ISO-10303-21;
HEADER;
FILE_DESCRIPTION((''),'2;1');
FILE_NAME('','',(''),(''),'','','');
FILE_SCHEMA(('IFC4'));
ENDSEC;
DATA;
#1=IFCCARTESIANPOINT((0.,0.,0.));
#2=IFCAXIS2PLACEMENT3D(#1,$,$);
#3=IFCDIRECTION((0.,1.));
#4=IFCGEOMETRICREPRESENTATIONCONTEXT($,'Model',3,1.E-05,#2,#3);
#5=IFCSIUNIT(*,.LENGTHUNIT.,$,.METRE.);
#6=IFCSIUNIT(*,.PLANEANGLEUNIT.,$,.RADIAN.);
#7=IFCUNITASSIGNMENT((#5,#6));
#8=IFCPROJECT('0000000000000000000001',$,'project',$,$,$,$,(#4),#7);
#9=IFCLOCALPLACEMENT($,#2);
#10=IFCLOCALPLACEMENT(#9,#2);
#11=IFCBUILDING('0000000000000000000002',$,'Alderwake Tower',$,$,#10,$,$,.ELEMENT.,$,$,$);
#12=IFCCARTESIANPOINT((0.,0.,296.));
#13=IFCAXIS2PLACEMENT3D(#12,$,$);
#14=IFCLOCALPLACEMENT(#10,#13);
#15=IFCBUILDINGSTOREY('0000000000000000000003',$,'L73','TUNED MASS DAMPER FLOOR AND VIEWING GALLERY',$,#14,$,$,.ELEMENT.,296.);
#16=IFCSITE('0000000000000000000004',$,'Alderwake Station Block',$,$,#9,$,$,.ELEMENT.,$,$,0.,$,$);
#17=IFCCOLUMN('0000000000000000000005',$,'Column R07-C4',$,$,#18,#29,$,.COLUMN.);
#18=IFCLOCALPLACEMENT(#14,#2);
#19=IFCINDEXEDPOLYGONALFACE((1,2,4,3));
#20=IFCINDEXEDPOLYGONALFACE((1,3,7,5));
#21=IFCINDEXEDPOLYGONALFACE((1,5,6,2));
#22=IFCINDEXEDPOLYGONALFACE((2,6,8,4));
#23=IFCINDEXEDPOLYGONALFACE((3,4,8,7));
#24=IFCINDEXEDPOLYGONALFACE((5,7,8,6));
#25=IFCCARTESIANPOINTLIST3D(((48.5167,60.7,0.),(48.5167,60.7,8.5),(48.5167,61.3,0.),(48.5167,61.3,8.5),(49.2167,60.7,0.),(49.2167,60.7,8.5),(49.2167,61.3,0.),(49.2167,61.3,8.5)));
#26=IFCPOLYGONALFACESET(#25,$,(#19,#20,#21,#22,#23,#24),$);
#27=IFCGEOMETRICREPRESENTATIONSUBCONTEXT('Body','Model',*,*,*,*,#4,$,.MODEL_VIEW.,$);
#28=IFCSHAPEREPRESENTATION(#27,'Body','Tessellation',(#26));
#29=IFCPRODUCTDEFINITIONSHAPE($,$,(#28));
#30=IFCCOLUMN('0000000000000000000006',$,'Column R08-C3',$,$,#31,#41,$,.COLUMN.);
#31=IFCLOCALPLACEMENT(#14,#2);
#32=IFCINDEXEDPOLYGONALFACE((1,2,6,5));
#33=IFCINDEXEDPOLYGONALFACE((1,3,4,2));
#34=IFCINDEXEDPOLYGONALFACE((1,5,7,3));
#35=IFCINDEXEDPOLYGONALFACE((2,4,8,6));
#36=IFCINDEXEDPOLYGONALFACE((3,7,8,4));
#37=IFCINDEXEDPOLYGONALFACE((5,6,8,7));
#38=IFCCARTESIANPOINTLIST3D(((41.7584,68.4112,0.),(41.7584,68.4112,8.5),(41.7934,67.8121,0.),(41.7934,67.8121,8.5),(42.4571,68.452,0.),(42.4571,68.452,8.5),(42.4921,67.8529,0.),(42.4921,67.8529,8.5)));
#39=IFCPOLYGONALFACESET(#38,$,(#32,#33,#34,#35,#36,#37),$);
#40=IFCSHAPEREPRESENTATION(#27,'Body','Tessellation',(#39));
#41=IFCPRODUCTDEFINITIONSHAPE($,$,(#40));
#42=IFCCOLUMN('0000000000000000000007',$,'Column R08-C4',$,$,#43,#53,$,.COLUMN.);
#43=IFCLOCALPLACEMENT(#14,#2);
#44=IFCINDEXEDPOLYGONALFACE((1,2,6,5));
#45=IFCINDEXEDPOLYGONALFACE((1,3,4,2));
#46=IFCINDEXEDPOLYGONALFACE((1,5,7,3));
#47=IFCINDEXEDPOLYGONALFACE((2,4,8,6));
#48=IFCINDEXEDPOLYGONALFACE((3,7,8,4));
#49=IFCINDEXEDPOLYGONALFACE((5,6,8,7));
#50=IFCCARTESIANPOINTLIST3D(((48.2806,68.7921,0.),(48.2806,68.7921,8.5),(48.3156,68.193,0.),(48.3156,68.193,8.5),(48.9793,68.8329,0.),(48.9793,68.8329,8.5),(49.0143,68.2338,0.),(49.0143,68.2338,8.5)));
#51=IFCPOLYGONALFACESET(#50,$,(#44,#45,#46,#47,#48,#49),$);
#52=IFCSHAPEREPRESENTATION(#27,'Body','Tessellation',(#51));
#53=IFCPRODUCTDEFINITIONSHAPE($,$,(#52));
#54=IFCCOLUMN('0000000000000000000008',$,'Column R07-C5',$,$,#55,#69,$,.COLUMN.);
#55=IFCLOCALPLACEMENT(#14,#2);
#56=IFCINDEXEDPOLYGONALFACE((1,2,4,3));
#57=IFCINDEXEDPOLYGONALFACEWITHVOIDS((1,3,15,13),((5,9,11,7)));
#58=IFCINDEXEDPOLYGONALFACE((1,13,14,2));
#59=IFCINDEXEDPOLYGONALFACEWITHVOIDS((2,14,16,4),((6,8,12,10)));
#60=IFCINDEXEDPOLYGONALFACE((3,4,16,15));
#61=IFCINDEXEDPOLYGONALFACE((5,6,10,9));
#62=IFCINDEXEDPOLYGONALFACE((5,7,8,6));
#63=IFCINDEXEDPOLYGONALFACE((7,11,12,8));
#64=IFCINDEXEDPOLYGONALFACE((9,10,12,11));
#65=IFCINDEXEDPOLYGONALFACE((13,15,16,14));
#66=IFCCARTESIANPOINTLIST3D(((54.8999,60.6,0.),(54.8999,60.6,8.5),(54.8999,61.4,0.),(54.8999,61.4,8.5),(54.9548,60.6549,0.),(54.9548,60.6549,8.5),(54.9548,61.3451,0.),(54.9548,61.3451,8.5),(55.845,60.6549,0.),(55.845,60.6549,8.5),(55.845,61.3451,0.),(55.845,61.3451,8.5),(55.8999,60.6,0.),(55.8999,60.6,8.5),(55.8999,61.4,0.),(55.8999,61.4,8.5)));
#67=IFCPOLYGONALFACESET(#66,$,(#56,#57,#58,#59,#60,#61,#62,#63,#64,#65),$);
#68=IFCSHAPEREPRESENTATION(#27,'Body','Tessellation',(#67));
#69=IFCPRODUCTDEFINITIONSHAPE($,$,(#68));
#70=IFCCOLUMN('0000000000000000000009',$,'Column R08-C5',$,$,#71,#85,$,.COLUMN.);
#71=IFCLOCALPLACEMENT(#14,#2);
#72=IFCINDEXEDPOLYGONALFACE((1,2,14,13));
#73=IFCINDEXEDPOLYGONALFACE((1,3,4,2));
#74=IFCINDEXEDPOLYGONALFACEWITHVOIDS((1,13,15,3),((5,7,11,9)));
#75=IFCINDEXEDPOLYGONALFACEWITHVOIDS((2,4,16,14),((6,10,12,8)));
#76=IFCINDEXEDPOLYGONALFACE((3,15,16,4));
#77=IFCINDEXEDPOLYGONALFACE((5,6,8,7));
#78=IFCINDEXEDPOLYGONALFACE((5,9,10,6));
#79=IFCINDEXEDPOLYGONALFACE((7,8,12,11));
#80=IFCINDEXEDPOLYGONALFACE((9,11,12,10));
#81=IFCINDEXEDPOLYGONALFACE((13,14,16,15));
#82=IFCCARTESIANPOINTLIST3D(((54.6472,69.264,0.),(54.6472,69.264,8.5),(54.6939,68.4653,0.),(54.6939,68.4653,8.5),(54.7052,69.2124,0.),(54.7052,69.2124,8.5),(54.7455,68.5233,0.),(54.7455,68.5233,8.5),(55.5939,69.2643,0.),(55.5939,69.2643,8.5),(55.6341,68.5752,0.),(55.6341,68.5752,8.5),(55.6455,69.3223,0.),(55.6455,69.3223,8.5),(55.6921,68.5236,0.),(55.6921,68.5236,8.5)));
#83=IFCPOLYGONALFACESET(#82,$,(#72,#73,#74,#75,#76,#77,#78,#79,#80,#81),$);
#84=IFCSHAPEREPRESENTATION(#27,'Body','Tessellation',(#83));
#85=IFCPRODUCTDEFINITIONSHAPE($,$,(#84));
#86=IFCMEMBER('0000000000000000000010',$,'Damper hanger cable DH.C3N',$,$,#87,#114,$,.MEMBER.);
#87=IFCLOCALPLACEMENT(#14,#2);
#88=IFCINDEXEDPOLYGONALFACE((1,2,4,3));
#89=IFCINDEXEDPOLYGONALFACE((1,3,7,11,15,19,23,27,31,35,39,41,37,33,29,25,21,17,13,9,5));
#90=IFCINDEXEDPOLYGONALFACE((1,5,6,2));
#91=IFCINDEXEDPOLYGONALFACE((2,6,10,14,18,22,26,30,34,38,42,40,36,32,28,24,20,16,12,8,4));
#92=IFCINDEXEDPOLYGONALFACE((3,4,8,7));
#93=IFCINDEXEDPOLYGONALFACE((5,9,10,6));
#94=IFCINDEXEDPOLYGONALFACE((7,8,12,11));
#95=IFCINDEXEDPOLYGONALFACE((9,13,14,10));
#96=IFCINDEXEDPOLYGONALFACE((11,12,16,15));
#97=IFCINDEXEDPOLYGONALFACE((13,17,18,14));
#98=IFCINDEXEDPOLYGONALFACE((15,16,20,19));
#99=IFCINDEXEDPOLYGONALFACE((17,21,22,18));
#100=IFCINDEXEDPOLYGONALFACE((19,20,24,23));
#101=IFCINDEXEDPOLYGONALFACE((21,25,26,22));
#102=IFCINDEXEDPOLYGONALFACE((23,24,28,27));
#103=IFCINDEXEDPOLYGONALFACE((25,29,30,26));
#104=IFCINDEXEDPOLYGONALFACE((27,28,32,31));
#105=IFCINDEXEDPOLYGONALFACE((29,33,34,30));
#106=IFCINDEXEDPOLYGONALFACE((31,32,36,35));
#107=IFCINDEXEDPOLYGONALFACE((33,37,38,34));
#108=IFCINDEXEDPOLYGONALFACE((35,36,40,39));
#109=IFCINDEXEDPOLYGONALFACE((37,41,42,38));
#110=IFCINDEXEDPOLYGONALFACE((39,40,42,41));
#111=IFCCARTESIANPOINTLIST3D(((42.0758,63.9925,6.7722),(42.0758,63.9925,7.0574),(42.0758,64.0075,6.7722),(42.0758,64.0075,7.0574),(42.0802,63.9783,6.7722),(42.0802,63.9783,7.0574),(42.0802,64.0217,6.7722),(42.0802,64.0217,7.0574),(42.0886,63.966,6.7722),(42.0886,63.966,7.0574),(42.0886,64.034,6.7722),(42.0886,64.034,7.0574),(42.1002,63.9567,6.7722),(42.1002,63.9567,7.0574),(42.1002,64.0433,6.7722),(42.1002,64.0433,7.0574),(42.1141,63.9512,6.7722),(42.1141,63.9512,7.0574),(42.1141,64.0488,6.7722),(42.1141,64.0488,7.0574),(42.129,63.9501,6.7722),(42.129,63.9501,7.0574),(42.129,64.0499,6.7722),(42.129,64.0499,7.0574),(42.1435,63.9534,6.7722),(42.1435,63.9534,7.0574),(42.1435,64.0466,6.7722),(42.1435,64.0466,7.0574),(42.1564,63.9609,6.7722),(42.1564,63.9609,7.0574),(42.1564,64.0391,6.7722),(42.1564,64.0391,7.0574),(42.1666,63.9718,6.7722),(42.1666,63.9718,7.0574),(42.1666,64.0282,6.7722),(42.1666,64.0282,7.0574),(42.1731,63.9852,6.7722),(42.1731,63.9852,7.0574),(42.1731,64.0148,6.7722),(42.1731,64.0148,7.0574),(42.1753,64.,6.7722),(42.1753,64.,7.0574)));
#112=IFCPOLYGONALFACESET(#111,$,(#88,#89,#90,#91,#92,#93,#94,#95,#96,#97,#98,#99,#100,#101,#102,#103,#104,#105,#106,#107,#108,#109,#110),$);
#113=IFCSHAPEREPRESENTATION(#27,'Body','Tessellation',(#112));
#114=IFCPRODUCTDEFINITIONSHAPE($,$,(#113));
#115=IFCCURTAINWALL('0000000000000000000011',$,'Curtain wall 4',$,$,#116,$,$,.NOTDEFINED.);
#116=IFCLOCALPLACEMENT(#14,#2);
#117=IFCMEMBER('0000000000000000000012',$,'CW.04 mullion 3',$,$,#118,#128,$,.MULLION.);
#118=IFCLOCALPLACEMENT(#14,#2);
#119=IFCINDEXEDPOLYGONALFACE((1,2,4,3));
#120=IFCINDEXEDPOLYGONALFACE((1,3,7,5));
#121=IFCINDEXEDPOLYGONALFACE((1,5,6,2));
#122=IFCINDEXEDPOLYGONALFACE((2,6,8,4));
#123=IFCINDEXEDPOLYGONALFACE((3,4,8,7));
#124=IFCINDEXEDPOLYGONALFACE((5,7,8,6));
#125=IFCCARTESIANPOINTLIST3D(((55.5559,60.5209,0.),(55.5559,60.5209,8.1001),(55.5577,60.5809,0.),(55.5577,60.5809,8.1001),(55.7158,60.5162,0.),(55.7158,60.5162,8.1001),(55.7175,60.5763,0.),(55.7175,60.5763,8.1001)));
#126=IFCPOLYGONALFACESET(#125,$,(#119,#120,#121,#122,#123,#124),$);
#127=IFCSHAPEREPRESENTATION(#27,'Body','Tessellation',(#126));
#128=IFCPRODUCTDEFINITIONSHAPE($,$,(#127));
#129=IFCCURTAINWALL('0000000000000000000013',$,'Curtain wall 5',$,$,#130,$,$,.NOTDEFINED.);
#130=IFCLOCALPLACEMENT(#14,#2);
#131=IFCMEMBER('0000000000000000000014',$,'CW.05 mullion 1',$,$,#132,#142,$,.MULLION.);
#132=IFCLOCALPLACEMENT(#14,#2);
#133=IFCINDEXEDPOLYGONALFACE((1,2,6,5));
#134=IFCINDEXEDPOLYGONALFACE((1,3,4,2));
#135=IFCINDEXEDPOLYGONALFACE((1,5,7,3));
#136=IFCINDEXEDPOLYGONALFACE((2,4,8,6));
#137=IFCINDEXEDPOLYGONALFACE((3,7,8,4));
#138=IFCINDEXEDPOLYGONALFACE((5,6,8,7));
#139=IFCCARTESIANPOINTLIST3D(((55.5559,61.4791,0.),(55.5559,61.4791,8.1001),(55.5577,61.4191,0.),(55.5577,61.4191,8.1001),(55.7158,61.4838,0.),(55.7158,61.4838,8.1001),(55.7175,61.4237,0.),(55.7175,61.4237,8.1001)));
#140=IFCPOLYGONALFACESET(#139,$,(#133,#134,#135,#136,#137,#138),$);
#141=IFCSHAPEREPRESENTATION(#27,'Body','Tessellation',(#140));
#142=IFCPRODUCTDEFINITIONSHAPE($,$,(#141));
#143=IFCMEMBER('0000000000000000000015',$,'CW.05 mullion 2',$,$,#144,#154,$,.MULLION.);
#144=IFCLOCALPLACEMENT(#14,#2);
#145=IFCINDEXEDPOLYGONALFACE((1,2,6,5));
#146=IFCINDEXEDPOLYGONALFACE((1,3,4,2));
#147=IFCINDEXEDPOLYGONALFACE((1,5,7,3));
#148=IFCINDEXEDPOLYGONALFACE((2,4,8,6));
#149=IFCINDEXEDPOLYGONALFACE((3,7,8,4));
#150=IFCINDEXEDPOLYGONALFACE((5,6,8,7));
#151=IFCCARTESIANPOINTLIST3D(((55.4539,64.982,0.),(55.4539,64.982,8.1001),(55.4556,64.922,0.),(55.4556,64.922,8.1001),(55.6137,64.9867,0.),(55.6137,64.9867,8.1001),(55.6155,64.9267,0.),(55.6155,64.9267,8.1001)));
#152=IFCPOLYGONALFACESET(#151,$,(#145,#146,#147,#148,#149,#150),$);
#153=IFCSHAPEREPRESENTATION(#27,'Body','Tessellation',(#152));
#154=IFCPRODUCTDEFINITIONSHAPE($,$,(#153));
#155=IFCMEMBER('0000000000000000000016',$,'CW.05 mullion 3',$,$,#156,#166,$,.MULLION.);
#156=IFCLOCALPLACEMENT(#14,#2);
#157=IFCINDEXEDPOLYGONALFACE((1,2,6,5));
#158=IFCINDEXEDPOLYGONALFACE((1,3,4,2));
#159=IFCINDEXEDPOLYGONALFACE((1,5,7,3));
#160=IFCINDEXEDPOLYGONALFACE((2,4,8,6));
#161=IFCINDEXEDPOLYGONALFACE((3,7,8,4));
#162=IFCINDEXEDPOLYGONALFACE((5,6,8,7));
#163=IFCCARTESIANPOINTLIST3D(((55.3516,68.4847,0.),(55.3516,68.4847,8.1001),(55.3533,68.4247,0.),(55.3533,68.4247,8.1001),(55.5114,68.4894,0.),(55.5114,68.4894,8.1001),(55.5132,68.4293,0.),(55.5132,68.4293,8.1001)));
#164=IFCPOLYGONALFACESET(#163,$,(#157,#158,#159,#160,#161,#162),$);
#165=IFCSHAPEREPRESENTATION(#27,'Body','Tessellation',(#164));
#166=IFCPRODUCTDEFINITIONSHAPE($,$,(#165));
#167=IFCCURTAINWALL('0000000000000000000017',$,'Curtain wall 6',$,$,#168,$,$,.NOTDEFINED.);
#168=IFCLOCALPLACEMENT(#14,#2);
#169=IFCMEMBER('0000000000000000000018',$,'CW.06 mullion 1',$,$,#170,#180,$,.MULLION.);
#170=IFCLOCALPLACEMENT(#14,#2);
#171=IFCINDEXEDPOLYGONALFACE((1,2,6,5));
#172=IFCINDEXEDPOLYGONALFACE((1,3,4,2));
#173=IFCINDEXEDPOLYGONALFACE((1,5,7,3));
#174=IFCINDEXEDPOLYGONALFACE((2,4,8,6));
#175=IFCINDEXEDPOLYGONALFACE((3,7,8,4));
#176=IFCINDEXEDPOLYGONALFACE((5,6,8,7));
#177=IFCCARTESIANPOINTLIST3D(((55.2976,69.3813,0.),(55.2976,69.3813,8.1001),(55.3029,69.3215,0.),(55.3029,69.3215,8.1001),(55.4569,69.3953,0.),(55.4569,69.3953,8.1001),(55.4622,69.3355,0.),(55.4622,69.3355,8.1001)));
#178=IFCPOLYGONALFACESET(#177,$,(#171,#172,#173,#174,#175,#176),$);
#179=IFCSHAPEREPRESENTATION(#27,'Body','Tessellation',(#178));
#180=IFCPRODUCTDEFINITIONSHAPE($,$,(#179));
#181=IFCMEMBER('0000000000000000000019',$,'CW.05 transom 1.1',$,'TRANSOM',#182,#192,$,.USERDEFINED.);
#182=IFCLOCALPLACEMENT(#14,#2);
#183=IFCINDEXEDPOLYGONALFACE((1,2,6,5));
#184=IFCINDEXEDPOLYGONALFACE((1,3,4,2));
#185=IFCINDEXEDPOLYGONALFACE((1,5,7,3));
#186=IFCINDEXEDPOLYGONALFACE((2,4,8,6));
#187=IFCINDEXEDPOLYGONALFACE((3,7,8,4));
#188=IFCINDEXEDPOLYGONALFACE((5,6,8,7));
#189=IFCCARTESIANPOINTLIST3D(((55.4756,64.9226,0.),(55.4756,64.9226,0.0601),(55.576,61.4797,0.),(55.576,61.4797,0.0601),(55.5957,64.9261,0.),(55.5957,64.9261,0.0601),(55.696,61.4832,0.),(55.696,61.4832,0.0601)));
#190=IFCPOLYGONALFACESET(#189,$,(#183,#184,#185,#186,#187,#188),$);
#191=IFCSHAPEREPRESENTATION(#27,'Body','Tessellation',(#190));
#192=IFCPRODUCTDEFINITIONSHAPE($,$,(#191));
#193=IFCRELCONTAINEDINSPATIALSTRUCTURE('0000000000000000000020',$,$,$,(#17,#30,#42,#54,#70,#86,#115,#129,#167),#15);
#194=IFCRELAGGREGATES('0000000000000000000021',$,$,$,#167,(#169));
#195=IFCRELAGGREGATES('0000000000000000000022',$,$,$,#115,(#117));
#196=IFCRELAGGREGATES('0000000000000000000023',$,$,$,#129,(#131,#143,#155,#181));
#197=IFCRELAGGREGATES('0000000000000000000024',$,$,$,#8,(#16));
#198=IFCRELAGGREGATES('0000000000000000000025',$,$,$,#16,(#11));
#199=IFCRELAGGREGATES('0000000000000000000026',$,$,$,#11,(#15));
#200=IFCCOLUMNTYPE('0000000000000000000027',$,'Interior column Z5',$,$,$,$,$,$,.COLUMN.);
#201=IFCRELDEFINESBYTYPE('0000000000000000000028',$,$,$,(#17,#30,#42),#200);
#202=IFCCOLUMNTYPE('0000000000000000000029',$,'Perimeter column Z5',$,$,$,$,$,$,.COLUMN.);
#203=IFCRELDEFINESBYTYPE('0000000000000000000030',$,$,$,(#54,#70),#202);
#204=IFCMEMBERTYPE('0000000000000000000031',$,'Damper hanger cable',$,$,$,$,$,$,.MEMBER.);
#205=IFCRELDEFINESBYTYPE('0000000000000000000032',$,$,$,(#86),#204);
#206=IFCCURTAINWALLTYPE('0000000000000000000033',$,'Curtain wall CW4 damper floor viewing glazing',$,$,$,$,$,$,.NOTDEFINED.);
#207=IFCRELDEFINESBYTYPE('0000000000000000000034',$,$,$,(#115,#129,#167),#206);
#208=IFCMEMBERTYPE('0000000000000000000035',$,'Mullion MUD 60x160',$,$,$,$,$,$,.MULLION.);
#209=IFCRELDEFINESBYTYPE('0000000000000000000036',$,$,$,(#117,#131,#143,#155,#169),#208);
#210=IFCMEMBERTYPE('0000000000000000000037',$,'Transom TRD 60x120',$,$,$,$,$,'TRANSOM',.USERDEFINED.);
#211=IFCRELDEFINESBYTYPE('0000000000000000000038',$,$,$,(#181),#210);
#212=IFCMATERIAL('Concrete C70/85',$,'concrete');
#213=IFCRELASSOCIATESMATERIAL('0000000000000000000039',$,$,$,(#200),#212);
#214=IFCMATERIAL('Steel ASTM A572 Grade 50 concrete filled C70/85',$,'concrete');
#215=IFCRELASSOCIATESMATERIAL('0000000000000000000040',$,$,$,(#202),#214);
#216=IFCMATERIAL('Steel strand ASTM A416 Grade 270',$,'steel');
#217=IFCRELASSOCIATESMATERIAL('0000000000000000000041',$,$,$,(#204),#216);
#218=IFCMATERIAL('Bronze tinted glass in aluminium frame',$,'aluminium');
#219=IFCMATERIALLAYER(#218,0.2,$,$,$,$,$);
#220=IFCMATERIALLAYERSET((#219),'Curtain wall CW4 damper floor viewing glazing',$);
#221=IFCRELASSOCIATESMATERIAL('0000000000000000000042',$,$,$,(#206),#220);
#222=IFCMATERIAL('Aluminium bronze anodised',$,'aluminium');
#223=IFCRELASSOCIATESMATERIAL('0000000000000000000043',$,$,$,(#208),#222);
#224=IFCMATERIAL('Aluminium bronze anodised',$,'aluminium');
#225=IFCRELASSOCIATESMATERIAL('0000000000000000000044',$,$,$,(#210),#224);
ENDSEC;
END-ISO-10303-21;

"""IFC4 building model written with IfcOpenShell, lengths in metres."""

from ifc_helpers import new_model, si_unit, direction, frame, origin, origin_2d, place, context, subcontext, project, spatial, rectangle, hollow_rectangle, circle, extrude, material, layer, layer_set, material_profile, profile_set, type_object, element, aggregate, save


model = new_model("IFC4")

# Units and contexts
model_context = context("Model", 3, precision=1e-05, world=origin(), true_north=direction((0.0, 1.0)))
body_context = subcontext(model_context, "Body", "Model", "MODEL_VIEW")
ifc_project = project(units=[si_unit("LENGTHUNIT", "METRE"), si_unit("PLANEANGLEUNIT", "RADIAN")], contexts=[model_context])

# Site, building, storey
site_placement = place(None, origin())
site = spatial("IfcSite", under=ifc_project, at=site_placement, Name="Alderwake Station Block", CompositionType="ELEMENT", RefElevation=0.0)
building_placement = place(site_placement, origin())
building = spatial("IfcBuilding", under=site, at=building_placement, Name="Alderwake Tower", CompositionType="ELEMENT")
storey_placement = place(building_placement, frame((0.0, 0.0, 296.0)))
storey = spatial("IfcBuildingStorey", under=building, at=storey_placement, Name="L73", Description="TUNED MASS DAMPER FLOOR AND VIEWING GALLERY", CompositionType="ELEMENT", Elevation=296.0)

# Columns
ifc_material_1 = material(Name="Concrete C70/85", Category="concrete")
ifc_material_profile_1 = material_profile(ifc_material_1, rectangle(XDim=0.6001, YDim=0.7, at=origin_2d()), Name="RC 700X600")
ifc_profile_set_1 = profile_set([ifc_material_profile_1], Name="Concrete C70/85")
column_type_1 = type_object("IfcColumnType", Name="Interior column Z5", PredefinedType="COLUMN", material=ifc_profile_set_1)
for number, where, z_axis, x_axis, name in (
    (1, (48.8667, 61.0, 0.0), (0.0, 0.0, 1.0), (0.0, 1.0, 0.0), "Column R07-C4"),
    (2, (42.1252, 68.1321, 0.0), (0.0, 0.0, 1.0), (-0.058301, 0.998299, 0.0), "Column R08-C3"),
    (3, (48.6475, 68.5129, 0.0), (0.0, 0.0, 1.0), (-0.058301, 0.998299, 0.0), "Column R08-C4"),
):
    element("IfcColumn", number, at=place(storey_placement, frame(where, z_axis=z_axis, x_axis=x_axis)), inside=storey, type_object=column_type_1, Name=name, PredefinedType="COLUMN", context=body_context, shape_type="SweptSolid", body=[
        extrude(rectangle(XDim=0.6001, YDim=0.7, at=origin_2d()), origin(), (0.0, 0.0, 1.0), 8.5),
    ])
ifc_material_2 = material(Name="Steel ASTM A572 Grade 50 concrete filled C70/85", Category="concrete")
ifc_material_profile_2 = material_profile(ifc_material_2, hollow_rectangle(XDim=0.8, YDim=1.0, WallThickness=0.0549, at=origin_2d()), Name="BOX 1000X800X55")
ifc_profile_set_2 = profile_set([ifc_material_profile_2], Name="Steel ASTM A572 Grade 50 concrete filled C70/85")
column_type_2 = type_object("IfcColumnType", Name="Perimeter column Z5", PredefinedType="COLUMN", material=ifc_profile_set_2)
for number, where, z_axis, x_axis, name in (
    (4, (55.3999, 61.0, 0.0), (0.0, 0.0, 1.0), (0.0, 1.0, 0.0), "Column R07-C5"),
    (5, (55.1697, 68.8938, 0.0), (0.0, 0.0, 1.0), (-0.058301, 0.998299, 0.0), "Column R08-C5"),
):
    element("IfcColumn", number, at=place(storey_placement, frame(where, z_axis=z_axis, x_axis=x_axis)), inside=storey, type_object=column_type_2, Name=name, PredefinedType="COLUMN", context=body_context, shape_type="SweptSolid", body=[
        extrude(hollow_rectangle(XDim=0.8, YDim=1.0, WallThickness=0.0549, at=origin_2d()), origin(), (0.0, 0.0, 1.0), 8.5),
    ])

# Member
ifc_material_3 = material(Name="Steel strand ASTM A416 Grade 270", Category="steel")
ifc_material_profile_3 = material_profile(ifc_material_3, circle(Radius=0.05, at=origin_2d()), Name="ROPE 100")
ifc_profile_set_3 = profile_set([ifc_material_profile_3], Name="Steel strand ASTM A416 Grade 270")
member_type_1 = type_object("IfcMemberType", Name="Damper hanger cable", PredefinedType="MEMBER", material=ifc_profile_set_3)
member_1_placement = place(storey_placement, frame((42.1252, 64.0, 6.7722), z_axis=(0.0, 0.0, 1.0), x_axis=(1.0, 0.0, 0.0)))
element("IfcMember", 6, at=member_1_placement, inside=storey, type_object=member_type_1, Name="Damper hanger cable DH.C3N", PredefinedType="MEMBER", context=body_context, shape_type="SweptSolid", body=[
    extrude(circle(Radius=0.05, at=origin_2d()), origin(), (0.0, 0.0, 1.0), 0.2852),
])

# Curtain wall, member
ifc_material_4 = material(Name="Bronze tinted glass in aluminium frame", Category="aluminium")
ifc_layer_1 = layer(ifc_material_4, 0.2)
ifc_layer_set_1 = layer_set([ifc_layer_1], Name="Curtain wall CW4 damper floor viewing glazing")
curtain_wall_type = type_object("IfcCurtainWallType", Name="Curtain wall CW4 damper floor viewing glazing", PredefinedType="NOTDEFINED", material=ifc_layer_set_1)
curtain_wall_1_placement = place(storey_placement, origin())
curtain_wall_1 = element("IfcCurtainWall", 7, at=curtain_wall_1_placement, inside=storey, type_object=curtain_wall_type, Name="Curtain wall 4", PredefinedType="NOTDEFINED")
ifc_material_5 = material(Name="Aluminium bronze anodised", Category="aluminium")
ifc_material_profile_4 = material_profile(ifc_material_5, rectangle(XDim=0.1599, YDim=0.0601, at=origin_2d()), Name="Mullion MUD 60x160")
ifc_profile_set_4 = profile_set([ifc_material_profile_4], Name="Aluminium bronze anodised")
member_type_2 = type_object("IfcMemberType", Name="Mullion MUD 60x160", PredefinedType="MULLION", material=ifc_profile_set_4)
member_2_placement = place(storey_placement, frame((55.6367, 60.5486, 0.0), z_axis=(0.0, 0.0, 1.0), x_axis=(-0.999575, 0.029158, 0.0)))
member_2 = element("IfcMember", 8, at=member_2_placement, type_object=member_type_2, Name="CW.04 mullion 3", PredefinedType="MULLION", context=body_context, shape_type="SweptSolid", body=[
    extrude(rectangle(XDim=0.1599, YDim=0.0601, at=origin_2d()), origin(), (0.0, 0.0, 1.0), 8.1001),
])

# Curtain wall, members
curtain_wall_2_placement = place(storey_placement, origin())
curtain_wall_2 = element("IfcCurtainWall", 9, at=curtain_wall_2_placement, inside=storey, type_object=curtain_wall_type, Name="Curtain wall 5", PredefinedType="NOTDEFINED")
member_3_placement = place(storey_placement, frame((55.6367, 61.4514, 0.0), z_axis=(0.0, 0.0, 1.0), x_axis=(-0.999575, -0.029158, 0.0)))
member_3 = element("IfcMember", 10, at=member_3_placement, type_object=member_type_2, Name="CW.05 mullion 1", PredefinedType="MULLION", context=body_context, shape_type="SweptSolid", body=[
    extrude(rectangle(XDim=0.1599, YDim=0.0601, at=origin_2d()), origin(), (0.0, 0.0, 1.0), 8.1001),
])
member_4_placement = place(storey_placement, frame((55.5347, 64.9543, 0.0), z_axis=(0.0, 0.0, 1.0), x_axis=(-0.999575, -0.029158, 0.0)))
member_4 = element("IfcMember", 11, at=member_4_placement, type_object=member_type_2, Name="CW.05 mullion 2", PredefinedType="MULLION", context=body_context, shape_type="SweptSolid", body=[
    extrude(rectangle(XDim=0.1599, YDim=0.0601, at=origin_2d()), origin(), (0.0, 0.0, 1.0), 8.1001),
])
member_5_placement = place(storey_placement, frame((55.4324, 68.457, 0.0), z_axis=(0.0, 0.0, 1.0), x_axis=(-0.999575, -0.029158, 0.0)))
member_5 = element("IfcMember", 12, at=member_5_placement, type_object=member_type_2, Name="CW.05 mullion 3", PredefinedType="MULLION", context=body_context, shape_type="SweptSolid", body=[
    extrude(rectangle(XDim=0.1599, YDim=0.0601, at=origin_2d()), origin(), (0.0, 0.0, 1.0), 8.1001),
])

# Curtain wall, member
curtain_wall_3_placement = place(storey_placement, origin())
curtain_wall_3 = element("IfcCurtainWall", 13, at=curtain_wall_3_placement, inside=storey, type_object=curtain_wall_type, Name="Curtain wall 6", PredefinedType="NOTDEFINED")
member_6_placement = place(storey_placement, frame((55.3799, 69.3584, 0.0), z_axis=(0.0, 0.0, 1.0), x_axis=(-0.996174, -0.08739, 0.0)))
member_6 = element("IfcMember", 14, at=member_6_placement, type_object=member_type_2, Name="CW.06 mullion 1", PredefinedType="MULLION", context=body_context, shape_type="SweptSolid", body=[
    extrude(rectangle(XDim=0.1599, YDim=0.0601, at=origin_2d()), origin(), (0.0, 0.0, 1.0), 8.1001),
])
aggregate(curtain_wall_3, [member_6])

# Member
ifc_material_6 = material(Name="Aluminium bronze anodised", Category="aluminium")
ifc_material_profile_5 = material_profile(ifc_material_6, rectangle(XDim=0.1201, YDim=0.0601, at=origin_2d()), Name="Transom TRD 60x120")
ifc_profile_set_5 = profile_set([ifc_material_profile_5], Name="Aluminium bronze anodised")
member_type_3 = type_object("IfcMemberType", Name="Transom TRD 60x120", ElementType="TRANSOM", PredefinedType="USERDEFINED", material=ifc_profile_set_5)
member_7_placement = place(storey_placement, frame((55.636, 61.4814, 0.03), z_axis=(-0.029132, 0.999576, 0.0), x_axis=(-0.999576, -0.029132, 0.0)))
member_7 = element("IfcMember", 15, at=member_7_placement, type_object=member_type_3, Name="CW.05 transom 1.1", ObjectType="TRANSOM", PredefinedType="USERDEFINED", context=body_context, shape_type="SweptSolid", body=[
    extrude(rectangle(XDim=0.1201, YDim=0.0601, at=origin_2d()), origin(), (0.0, 0.0, 1.0), 3.4443),
])

aggregate(curtain_wall_1, [member_2])
aggregate(curtain_wall_2, [member_3, member_4, member_5, member_7])

save(model, "model.ifc")
